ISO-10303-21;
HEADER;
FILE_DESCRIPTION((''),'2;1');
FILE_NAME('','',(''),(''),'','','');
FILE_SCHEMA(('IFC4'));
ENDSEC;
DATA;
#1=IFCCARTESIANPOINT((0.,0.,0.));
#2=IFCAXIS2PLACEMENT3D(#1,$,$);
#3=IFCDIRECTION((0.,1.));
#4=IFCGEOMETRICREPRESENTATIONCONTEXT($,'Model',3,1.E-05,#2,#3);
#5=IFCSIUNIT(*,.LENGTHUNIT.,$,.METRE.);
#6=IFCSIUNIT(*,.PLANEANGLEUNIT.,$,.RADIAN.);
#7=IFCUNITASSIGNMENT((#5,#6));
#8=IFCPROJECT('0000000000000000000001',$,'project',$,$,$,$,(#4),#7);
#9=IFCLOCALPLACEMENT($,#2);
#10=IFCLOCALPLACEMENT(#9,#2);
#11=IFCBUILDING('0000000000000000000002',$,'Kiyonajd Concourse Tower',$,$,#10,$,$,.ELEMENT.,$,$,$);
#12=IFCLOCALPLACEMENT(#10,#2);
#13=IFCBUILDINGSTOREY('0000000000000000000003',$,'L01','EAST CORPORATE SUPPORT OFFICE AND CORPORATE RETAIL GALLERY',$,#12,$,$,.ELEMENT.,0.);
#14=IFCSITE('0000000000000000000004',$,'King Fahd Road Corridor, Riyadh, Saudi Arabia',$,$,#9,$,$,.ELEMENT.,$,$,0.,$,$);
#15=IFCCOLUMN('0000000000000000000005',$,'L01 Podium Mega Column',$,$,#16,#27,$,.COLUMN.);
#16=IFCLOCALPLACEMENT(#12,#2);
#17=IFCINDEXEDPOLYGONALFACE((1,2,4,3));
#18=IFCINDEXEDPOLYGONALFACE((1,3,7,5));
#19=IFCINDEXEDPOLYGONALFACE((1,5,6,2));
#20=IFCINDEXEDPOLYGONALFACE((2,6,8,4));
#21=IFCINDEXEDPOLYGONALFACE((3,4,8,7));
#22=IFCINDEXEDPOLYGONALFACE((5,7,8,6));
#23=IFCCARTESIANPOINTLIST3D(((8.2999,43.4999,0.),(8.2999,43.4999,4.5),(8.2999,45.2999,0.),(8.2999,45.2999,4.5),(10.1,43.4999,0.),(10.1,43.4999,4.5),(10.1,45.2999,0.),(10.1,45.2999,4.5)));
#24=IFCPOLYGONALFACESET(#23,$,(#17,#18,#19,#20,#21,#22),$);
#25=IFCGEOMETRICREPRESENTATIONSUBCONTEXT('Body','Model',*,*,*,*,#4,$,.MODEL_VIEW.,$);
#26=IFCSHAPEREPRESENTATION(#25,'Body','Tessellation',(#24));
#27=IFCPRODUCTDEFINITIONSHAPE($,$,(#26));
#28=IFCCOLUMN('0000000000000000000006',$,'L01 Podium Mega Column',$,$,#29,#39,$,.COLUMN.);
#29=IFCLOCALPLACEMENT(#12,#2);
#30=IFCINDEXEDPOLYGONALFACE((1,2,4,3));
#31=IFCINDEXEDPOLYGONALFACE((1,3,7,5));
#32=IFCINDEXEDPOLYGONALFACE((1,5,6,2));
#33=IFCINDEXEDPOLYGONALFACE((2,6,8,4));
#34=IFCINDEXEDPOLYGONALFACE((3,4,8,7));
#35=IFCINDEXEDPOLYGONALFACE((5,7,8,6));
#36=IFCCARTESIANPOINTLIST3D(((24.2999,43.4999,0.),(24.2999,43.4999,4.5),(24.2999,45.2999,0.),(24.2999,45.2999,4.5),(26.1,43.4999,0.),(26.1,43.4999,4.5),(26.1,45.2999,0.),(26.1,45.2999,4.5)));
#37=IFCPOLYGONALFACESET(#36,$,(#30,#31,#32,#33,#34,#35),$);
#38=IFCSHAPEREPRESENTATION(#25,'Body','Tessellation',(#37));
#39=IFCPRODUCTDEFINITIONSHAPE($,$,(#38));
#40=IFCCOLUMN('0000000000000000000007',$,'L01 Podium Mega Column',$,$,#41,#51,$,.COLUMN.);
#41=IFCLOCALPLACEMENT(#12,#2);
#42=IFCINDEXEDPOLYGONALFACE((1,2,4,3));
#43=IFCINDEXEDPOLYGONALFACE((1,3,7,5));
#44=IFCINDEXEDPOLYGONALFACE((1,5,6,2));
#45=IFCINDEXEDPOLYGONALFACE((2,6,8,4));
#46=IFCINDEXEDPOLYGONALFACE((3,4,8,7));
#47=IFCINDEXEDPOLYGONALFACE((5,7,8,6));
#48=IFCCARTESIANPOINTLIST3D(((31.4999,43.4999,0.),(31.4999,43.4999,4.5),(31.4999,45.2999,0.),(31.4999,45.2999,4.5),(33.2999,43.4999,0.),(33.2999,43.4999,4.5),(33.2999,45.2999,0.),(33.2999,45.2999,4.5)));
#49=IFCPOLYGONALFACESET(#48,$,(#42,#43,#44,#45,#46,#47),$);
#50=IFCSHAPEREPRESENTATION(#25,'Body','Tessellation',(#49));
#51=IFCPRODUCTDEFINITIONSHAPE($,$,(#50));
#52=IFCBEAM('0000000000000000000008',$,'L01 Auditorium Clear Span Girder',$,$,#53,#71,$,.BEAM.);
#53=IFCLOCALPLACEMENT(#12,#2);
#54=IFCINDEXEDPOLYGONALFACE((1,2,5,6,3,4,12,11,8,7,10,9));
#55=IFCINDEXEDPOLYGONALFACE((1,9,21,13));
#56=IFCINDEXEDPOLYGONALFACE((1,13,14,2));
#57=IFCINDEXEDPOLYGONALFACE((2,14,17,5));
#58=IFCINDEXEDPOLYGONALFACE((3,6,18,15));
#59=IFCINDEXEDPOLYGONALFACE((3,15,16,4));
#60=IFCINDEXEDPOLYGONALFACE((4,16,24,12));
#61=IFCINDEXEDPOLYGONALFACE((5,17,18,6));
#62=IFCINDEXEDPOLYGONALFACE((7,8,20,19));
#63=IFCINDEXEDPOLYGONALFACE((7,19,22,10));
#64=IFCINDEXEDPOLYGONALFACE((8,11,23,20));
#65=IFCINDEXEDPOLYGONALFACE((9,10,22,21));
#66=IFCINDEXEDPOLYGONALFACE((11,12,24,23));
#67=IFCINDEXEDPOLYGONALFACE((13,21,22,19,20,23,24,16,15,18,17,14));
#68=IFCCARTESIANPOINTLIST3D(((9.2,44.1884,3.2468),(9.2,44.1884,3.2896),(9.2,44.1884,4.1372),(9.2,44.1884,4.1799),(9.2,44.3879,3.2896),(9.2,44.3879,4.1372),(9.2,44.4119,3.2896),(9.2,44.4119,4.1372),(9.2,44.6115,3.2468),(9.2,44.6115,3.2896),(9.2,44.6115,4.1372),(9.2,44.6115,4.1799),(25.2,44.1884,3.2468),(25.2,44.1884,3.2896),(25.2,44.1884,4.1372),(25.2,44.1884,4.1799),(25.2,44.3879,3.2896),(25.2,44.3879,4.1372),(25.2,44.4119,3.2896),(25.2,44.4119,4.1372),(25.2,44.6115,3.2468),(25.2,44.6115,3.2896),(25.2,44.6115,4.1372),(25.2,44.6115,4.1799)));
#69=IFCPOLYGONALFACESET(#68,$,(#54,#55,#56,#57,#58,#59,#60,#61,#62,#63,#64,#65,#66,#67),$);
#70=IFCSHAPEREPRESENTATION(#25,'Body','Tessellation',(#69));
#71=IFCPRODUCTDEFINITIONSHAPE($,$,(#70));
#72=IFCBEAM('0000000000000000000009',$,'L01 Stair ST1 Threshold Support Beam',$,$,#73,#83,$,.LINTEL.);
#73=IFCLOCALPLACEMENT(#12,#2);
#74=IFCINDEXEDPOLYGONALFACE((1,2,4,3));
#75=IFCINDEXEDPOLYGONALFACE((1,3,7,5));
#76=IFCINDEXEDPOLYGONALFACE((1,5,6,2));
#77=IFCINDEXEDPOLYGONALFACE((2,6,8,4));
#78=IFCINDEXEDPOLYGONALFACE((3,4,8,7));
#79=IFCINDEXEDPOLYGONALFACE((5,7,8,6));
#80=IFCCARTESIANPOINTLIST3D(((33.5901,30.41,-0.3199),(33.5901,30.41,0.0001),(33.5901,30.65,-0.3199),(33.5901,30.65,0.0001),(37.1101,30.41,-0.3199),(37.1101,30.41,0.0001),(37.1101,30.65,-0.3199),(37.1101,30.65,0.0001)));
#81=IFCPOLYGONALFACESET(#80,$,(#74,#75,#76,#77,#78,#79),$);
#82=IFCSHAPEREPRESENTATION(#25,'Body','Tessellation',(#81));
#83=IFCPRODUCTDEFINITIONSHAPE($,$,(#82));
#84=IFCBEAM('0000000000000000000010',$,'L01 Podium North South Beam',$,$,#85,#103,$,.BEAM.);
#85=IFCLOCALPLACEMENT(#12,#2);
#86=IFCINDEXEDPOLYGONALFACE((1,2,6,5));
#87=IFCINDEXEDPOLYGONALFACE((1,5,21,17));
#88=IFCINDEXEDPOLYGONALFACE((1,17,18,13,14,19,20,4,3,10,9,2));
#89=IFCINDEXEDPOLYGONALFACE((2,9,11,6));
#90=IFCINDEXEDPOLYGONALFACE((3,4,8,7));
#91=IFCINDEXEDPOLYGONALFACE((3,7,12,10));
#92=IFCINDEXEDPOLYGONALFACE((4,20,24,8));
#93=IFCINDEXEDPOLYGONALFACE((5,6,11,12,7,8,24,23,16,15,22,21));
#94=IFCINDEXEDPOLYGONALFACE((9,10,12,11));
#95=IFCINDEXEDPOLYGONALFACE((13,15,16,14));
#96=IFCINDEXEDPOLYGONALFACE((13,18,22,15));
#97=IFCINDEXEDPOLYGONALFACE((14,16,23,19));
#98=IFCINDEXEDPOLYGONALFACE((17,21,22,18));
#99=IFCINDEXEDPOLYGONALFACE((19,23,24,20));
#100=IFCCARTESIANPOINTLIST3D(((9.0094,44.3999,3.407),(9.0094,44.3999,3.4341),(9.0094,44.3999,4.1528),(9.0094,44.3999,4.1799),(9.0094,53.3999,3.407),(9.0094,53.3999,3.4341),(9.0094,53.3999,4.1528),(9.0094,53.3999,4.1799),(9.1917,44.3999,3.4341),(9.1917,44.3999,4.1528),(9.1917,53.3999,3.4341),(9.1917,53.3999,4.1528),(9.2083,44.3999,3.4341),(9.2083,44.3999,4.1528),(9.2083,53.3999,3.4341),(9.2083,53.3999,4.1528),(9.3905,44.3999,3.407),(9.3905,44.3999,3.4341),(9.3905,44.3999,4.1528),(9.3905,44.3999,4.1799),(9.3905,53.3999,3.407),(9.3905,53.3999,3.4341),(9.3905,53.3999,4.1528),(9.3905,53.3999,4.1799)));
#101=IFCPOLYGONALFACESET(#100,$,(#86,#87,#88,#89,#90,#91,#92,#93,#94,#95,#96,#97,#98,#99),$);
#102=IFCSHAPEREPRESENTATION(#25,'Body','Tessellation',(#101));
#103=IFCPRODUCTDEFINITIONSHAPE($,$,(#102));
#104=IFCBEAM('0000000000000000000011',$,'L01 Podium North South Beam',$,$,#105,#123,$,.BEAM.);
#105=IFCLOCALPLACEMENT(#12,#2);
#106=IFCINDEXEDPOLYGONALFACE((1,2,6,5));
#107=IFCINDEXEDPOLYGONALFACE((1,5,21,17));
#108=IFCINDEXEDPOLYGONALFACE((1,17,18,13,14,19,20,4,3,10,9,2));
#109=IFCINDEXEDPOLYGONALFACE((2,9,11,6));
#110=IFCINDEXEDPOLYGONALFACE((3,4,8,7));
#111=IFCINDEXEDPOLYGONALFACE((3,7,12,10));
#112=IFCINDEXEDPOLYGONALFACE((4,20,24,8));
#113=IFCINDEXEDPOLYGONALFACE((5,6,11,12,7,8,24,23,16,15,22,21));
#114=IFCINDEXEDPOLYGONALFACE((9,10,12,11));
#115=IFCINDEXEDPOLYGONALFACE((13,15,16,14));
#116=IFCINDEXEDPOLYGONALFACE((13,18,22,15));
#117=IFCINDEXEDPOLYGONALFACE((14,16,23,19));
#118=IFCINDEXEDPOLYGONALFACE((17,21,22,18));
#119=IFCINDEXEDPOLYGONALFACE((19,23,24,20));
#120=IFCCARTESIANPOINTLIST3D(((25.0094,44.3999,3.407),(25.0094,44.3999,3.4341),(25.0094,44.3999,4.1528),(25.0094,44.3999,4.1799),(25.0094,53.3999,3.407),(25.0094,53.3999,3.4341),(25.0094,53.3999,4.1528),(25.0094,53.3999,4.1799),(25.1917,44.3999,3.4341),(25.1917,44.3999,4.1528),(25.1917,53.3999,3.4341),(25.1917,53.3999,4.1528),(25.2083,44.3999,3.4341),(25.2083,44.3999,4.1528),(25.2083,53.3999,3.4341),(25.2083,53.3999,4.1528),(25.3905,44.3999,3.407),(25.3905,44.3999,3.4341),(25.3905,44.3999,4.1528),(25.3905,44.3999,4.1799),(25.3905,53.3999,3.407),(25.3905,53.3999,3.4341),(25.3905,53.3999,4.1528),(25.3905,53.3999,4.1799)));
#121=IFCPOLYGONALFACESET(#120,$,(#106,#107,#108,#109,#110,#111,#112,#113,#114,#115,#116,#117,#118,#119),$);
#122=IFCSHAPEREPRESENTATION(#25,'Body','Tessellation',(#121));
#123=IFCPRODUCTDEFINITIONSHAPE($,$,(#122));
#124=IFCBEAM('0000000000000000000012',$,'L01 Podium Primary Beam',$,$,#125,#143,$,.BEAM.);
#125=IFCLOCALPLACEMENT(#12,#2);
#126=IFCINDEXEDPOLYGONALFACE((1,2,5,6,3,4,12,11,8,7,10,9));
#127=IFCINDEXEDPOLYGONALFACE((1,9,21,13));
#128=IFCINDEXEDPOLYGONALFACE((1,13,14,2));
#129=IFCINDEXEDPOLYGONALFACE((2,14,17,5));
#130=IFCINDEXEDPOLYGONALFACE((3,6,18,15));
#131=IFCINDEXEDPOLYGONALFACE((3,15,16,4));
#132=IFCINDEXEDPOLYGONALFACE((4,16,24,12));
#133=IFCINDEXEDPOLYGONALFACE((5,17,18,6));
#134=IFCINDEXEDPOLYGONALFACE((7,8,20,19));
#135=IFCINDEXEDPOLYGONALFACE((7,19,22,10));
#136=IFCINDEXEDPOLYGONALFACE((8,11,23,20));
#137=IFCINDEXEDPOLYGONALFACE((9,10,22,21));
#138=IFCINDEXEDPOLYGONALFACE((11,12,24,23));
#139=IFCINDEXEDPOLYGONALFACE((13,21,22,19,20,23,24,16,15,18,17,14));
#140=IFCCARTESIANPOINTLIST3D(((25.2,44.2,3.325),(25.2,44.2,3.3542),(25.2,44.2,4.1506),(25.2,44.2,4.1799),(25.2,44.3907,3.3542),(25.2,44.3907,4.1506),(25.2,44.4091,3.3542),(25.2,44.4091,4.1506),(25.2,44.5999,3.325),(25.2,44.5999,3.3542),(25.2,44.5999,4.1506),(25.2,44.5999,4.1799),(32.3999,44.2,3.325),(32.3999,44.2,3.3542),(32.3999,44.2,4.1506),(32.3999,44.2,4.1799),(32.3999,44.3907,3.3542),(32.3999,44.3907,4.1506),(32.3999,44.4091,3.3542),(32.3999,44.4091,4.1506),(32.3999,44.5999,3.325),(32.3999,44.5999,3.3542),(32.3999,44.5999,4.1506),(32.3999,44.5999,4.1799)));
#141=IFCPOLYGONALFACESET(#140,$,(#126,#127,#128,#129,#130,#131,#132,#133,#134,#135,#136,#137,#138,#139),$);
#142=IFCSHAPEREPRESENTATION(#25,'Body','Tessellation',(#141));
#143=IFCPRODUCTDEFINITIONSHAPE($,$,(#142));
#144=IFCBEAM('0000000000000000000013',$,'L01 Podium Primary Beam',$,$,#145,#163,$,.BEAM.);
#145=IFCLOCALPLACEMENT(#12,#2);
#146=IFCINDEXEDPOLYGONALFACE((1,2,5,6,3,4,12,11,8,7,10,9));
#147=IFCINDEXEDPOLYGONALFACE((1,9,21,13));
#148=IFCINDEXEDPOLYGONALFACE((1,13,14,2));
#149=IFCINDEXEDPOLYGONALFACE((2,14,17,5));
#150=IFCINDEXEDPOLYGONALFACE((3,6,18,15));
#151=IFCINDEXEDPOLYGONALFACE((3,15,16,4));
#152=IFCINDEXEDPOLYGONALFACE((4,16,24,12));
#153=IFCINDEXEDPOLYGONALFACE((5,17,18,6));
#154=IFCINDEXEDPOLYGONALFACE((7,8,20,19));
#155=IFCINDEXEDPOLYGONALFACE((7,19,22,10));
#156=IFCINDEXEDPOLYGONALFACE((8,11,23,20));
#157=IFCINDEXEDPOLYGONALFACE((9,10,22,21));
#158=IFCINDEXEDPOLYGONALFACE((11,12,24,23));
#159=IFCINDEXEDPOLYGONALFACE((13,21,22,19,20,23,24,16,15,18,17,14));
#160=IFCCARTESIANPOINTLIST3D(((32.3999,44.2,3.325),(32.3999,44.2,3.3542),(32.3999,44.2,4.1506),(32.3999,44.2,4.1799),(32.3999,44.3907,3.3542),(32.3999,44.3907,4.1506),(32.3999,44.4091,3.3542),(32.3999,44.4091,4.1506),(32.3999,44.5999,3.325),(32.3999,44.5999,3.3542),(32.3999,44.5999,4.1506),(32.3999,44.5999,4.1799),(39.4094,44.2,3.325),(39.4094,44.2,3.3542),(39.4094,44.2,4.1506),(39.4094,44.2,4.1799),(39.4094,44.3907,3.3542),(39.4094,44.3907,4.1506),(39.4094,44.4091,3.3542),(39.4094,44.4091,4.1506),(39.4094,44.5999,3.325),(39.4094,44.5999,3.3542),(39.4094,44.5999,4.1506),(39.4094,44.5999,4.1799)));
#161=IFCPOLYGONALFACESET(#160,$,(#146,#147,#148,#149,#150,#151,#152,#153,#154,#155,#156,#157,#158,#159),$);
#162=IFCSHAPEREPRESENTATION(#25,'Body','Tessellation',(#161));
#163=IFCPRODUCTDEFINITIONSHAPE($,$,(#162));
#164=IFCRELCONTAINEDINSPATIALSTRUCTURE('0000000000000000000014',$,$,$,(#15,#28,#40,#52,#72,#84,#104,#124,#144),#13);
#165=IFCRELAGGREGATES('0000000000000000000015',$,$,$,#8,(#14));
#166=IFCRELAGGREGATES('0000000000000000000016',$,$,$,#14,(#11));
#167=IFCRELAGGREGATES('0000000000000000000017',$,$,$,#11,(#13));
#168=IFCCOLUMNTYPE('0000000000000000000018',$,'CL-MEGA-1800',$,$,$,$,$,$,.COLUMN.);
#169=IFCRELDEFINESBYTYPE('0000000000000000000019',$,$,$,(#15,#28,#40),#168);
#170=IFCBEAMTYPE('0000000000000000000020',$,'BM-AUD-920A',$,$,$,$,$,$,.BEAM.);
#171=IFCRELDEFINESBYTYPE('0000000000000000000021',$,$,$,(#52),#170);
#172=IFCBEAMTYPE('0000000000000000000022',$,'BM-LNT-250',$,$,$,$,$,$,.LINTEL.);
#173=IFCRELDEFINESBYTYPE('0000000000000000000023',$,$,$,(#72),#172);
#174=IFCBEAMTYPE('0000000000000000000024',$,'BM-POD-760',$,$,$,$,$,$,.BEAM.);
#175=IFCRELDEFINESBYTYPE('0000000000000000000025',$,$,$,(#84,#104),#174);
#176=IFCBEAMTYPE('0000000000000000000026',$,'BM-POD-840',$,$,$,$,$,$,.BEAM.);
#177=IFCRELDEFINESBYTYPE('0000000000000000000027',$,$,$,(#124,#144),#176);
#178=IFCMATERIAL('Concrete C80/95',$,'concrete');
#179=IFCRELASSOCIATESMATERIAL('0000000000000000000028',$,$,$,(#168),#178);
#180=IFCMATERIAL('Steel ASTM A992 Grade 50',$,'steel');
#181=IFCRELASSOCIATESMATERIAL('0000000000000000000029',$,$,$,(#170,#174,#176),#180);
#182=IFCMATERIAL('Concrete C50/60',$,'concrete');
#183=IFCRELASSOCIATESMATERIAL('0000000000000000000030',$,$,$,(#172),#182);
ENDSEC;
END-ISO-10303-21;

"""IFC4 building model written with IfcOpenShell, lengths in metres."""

from ifc_helpers import new_model, si_unit, direction, frame, origin, origin_2d, place, context, subcontext, project, spatial, rectangle, i_section, extrude, material, material_profile, profile_set, type_object, element, save


model = new_model("IFC4")

# Units and contexts
model_context = context("Model", 3, precision=1e-05, world=origin(), true_north=direction((0.0, 1.0)))
body_context = subcontext(model_context, "Body", "Model", "MODEL_VIEW")
ifc_project = project(units=[si_unit("LENGTHUNIT", "METRE"), si_unit("PLANEANGLEUNIT", "RADIAN")], contexts=[model_context])

# Site, building, storey
site_placement = place(None, origin())
site = spatial("IfcSite", under=ifc_project, at=site_placement, Name="King Fahd Road Corridor, Riyadh, Saudi Arabia", CompositionType="ELEMENT", RefElevation=0.0)
building_placement = place(site_placement, origin())
building = spatial("IfcBuilding", under=site, at=building_placement, Name="Kiyonajd Concourse Tower", CompositionType="ELEMENT")
storey_placement = place(building_placement, origin())
storey = spatial("IfcBuildingStorey", under=building, at=storey_placement, Name="L01", Description="EAST CORPORATE SUPPORT OFFICE AND CORPORATE RETAIL GALLERY", CompositionType="ELEMENT", Elevation=0.0)

# Columns
ifc_material_1 = material(Name="Concrete C80/95", Category="concrete")
ifc_material_profile_1 = material_profile(ifc_material_1, rectangle(XDim=1.8, YDim=1.8, at=origin_2d()), Name="RC-1800x1800")
ifc_profile_set_1 = profile_set([ifc_material_profile_1], Name="Concrete C80/95")
column_type = type_object("IfcColumnType", Name="CL-MEGA-1800", PredefinedType="COLUMN", material=ifc_profile_set_1)
for number, where, z_axis, x_axis, name in (
    (1, (9.2, 44.3999, 0.0), (0.0, 0.0, 1.0), (1.0, 0.0, 0.0), "L01 Podium Mega Column"),
    (2, (25.2, 44.3999, 0.0), (0.0, 0.0, 1.0), (1.0, 0.0, 0.0), "L01 Podium Mega Column"),
    (3, (32.3999, 44.3999, 0.0), (0.0, 0.0, 1.0), (1.0, 0.0, 0.0), "L01 Podium Mega Column"),
):
    element("IfcColumn", number, at=place(storey_placement, frame(where, z_axis=z_axis, x_axis=x_axis)), inside=storey, type_object=column_type, Name=name, PredefinedType="COLUMN", context=body_context, shape_type="SweptSolid", body=[
        extrude(rectangle(XDim=1.8, YDim=1.8, at=origin_2d()), origin(), (0.0, 0.0, 1.0), 4.5),
    ])

# Beams
ifc_material_2 = material(Name="Steel ASTM A992 Grade 50", Category="steel")
ifc_material_profile_2 = material_profile(ifc_material_2, i_section(OverallWidth=0.4231, OverallDepth=0.9331, WebThickness=0.0239, FlangeThickness=0.0427, at=origin_2d()), Name="W920X446")
ifc_profile_set_2 = profile_set([ifc_material_profile_2], Name="Steel ASTM A992 Grade 50")
beam_type_1 = type_object("IfcBeamType", Name="BM-AUD-920A", PredefinedType="BEAM", material=ifc_profile_set_2)
beam_1_placement = place(storey_placement, frame((9.2, 44.3999, 3.7134), z_axis=(1.0, 0.0, 0.0), x_axis=(0.0, 1.0, 0.0)))
element("IfcBeam", 4, at=beam_1_placement, inside=storey, type_object=beam_type_1, Name="L01 Auditorium Clear Span Girder", PredefinedType="BEAM", context=body_context, shape_type="SweptSolid", body=[
    extrude(i_section(OverallWidth=0.4231, OverallDepth=0.9331, WebThickness=0.0239, FlangeThickness=0.0427, at=origin_2d()), origin(), (0.0, 0.0, 1.0), 16.0),
])
ifc_material_3 = material(Name="Concrete C50/60", Category="concrete")
ifc_material_profile_3 = material_profile(ifc_material_3, rectangle(XDim=0.24, YDim=0.3201, at=origin_2d()), Name="RCBM-240x320")
ifc_profile_set_3 = profile_set([ifc_material_profile_3], Name="Concrete C50/60")
beam_type_2 = type_object("IfcBeamType", Name="BM-LNT-250", PredefinedType="LINTEL", material=ifc_profile_set_3)
beam_2_placement = place(storey_placement, frame((33.5901, 30.53, -0.1599), z_axis=(1.0, 0.0, 0.0), x_axis=(0.0, 1.0, 0.0)))
element("IfcBeam", 5, at=beam_2_placement, inside=storey, type_object=beam_type_2, Name="L01 Stair ST1 Threshold Support Beam", PredefinedType="LINTEL", context=body_context, shape_type="SweptSolid", body=[
    extrude(rectangle(XDim=0.24, YDim=0.3201, at=origin_2d()), origin(), (0.0, 0.0, 1.0), 3.52),
])
ifc_material_profile_4 = material_profile(ifc_material_2, i_section(OverallWidth=0.3811, OverallDepth=0.7729, WebThickness=0.0166, FlangeThickness=0.0271, at=origin_2d()), Name="W760X257")
ifc_profile_set_4 = profile_set([ifc_material_profile_4], Name="Steel ASTM A992 Grade 50")
beam_type_3 = type_object("IfcBeamType", Name="BM-POD-760", PredefinedType="BEAM", material=ifc_profile_set_4)
for number, where, z_axis, x_axis, name in (
    (6, (9.2, 44.3999, 3.7935), (0.0, 1.0, 0.0), (-1.0, 0.0, 0.0), "L01 Podium North South Beam"),
    (7, (25.2, 44.3999, 3.7935), (0.0, 1.0, 0.0), (-1.0, 0.0, 0.0), "L01 Podium North South Beam"),
):
    element("IfcBeam", number, at=place(storey_placement, frame(where, z_axis=z_axis, x_axis=x_axis)), inside=storey, type_object=beam_type_3, Name=name, PredefinedType="BEAM", context=body_context, shape_type="SweptSolid", body=[
        extrude(i_section(OverallWidth=0.3811, OverallDepth=0.7729, WebThickness=0.0166, FlangeThickness=0.0271, at=origin_2d()), origin(), (0.0, 0.0, 1.0), 9.0),
    ])
ifc_material_profile_5 = material_profile(ifc_material_2, i_section(OverallWidth=0.3999, OverallDepth=0.855, WebThickness=0.0183, FlangeThickness=0.0293, at=origin_2d()), Name="W840X299")
ifc_profile_set_5 = profile_set([ifc_material_profile_5], Name="Steel ASTM A992 Grade 50")
beam_type_4 = type_object("IfcBeamType", Name="BM-POD-840", PredefinedType="BEAM", material=ifc_profile_set_5)
beam_3_placement = place(storey_placement, frame((25.2, 44.3999, 3.7524), z_axis=(1.0, 0.0, 0.0), x_axis=(0.0, 1.0, 0.0)))
element("IfcBeam", 8, at=beam_3_placement, inside=storey, type_object=beam_type_4, Name="L01 Podium Primary Beam", PredefinedType="BEAM", context=body_context, shape_type="SweptSolid", body=[
    extrude(i_section(OverallWidth=0.3999, OverallDepth=0.855, WebThickness=0.0183, FlangeThickness=0.0293, at=origin_2d()), origin(), (0.0, 0.0, 1.0), 7.2),
])
beam_4_placement = place(storey_placement, frame((32.3999, 44.3999, 3.7524), z_axis=(1.0, 0.0, 0.0), x_axis=(0.0, 1.0, 0.0)))
element("IfcBeam", 9, at=beam_4_placement, inside=storey, type_object=beam_type_4, Name="L01 Podium Primary Beam", PredefinedType="BEAM", context=body_context, shape_type="SweptSolid", body=[
    extrude(i_section(OverallWidth=0.3999, OverallDepth=0.855, WebThickness=0.0183, FlangeThickness=0.0293, at=origin_2d()), origin(), (0.0, 0.0, 1.0), 7.0095),
])

save(model, "model.ifc")
